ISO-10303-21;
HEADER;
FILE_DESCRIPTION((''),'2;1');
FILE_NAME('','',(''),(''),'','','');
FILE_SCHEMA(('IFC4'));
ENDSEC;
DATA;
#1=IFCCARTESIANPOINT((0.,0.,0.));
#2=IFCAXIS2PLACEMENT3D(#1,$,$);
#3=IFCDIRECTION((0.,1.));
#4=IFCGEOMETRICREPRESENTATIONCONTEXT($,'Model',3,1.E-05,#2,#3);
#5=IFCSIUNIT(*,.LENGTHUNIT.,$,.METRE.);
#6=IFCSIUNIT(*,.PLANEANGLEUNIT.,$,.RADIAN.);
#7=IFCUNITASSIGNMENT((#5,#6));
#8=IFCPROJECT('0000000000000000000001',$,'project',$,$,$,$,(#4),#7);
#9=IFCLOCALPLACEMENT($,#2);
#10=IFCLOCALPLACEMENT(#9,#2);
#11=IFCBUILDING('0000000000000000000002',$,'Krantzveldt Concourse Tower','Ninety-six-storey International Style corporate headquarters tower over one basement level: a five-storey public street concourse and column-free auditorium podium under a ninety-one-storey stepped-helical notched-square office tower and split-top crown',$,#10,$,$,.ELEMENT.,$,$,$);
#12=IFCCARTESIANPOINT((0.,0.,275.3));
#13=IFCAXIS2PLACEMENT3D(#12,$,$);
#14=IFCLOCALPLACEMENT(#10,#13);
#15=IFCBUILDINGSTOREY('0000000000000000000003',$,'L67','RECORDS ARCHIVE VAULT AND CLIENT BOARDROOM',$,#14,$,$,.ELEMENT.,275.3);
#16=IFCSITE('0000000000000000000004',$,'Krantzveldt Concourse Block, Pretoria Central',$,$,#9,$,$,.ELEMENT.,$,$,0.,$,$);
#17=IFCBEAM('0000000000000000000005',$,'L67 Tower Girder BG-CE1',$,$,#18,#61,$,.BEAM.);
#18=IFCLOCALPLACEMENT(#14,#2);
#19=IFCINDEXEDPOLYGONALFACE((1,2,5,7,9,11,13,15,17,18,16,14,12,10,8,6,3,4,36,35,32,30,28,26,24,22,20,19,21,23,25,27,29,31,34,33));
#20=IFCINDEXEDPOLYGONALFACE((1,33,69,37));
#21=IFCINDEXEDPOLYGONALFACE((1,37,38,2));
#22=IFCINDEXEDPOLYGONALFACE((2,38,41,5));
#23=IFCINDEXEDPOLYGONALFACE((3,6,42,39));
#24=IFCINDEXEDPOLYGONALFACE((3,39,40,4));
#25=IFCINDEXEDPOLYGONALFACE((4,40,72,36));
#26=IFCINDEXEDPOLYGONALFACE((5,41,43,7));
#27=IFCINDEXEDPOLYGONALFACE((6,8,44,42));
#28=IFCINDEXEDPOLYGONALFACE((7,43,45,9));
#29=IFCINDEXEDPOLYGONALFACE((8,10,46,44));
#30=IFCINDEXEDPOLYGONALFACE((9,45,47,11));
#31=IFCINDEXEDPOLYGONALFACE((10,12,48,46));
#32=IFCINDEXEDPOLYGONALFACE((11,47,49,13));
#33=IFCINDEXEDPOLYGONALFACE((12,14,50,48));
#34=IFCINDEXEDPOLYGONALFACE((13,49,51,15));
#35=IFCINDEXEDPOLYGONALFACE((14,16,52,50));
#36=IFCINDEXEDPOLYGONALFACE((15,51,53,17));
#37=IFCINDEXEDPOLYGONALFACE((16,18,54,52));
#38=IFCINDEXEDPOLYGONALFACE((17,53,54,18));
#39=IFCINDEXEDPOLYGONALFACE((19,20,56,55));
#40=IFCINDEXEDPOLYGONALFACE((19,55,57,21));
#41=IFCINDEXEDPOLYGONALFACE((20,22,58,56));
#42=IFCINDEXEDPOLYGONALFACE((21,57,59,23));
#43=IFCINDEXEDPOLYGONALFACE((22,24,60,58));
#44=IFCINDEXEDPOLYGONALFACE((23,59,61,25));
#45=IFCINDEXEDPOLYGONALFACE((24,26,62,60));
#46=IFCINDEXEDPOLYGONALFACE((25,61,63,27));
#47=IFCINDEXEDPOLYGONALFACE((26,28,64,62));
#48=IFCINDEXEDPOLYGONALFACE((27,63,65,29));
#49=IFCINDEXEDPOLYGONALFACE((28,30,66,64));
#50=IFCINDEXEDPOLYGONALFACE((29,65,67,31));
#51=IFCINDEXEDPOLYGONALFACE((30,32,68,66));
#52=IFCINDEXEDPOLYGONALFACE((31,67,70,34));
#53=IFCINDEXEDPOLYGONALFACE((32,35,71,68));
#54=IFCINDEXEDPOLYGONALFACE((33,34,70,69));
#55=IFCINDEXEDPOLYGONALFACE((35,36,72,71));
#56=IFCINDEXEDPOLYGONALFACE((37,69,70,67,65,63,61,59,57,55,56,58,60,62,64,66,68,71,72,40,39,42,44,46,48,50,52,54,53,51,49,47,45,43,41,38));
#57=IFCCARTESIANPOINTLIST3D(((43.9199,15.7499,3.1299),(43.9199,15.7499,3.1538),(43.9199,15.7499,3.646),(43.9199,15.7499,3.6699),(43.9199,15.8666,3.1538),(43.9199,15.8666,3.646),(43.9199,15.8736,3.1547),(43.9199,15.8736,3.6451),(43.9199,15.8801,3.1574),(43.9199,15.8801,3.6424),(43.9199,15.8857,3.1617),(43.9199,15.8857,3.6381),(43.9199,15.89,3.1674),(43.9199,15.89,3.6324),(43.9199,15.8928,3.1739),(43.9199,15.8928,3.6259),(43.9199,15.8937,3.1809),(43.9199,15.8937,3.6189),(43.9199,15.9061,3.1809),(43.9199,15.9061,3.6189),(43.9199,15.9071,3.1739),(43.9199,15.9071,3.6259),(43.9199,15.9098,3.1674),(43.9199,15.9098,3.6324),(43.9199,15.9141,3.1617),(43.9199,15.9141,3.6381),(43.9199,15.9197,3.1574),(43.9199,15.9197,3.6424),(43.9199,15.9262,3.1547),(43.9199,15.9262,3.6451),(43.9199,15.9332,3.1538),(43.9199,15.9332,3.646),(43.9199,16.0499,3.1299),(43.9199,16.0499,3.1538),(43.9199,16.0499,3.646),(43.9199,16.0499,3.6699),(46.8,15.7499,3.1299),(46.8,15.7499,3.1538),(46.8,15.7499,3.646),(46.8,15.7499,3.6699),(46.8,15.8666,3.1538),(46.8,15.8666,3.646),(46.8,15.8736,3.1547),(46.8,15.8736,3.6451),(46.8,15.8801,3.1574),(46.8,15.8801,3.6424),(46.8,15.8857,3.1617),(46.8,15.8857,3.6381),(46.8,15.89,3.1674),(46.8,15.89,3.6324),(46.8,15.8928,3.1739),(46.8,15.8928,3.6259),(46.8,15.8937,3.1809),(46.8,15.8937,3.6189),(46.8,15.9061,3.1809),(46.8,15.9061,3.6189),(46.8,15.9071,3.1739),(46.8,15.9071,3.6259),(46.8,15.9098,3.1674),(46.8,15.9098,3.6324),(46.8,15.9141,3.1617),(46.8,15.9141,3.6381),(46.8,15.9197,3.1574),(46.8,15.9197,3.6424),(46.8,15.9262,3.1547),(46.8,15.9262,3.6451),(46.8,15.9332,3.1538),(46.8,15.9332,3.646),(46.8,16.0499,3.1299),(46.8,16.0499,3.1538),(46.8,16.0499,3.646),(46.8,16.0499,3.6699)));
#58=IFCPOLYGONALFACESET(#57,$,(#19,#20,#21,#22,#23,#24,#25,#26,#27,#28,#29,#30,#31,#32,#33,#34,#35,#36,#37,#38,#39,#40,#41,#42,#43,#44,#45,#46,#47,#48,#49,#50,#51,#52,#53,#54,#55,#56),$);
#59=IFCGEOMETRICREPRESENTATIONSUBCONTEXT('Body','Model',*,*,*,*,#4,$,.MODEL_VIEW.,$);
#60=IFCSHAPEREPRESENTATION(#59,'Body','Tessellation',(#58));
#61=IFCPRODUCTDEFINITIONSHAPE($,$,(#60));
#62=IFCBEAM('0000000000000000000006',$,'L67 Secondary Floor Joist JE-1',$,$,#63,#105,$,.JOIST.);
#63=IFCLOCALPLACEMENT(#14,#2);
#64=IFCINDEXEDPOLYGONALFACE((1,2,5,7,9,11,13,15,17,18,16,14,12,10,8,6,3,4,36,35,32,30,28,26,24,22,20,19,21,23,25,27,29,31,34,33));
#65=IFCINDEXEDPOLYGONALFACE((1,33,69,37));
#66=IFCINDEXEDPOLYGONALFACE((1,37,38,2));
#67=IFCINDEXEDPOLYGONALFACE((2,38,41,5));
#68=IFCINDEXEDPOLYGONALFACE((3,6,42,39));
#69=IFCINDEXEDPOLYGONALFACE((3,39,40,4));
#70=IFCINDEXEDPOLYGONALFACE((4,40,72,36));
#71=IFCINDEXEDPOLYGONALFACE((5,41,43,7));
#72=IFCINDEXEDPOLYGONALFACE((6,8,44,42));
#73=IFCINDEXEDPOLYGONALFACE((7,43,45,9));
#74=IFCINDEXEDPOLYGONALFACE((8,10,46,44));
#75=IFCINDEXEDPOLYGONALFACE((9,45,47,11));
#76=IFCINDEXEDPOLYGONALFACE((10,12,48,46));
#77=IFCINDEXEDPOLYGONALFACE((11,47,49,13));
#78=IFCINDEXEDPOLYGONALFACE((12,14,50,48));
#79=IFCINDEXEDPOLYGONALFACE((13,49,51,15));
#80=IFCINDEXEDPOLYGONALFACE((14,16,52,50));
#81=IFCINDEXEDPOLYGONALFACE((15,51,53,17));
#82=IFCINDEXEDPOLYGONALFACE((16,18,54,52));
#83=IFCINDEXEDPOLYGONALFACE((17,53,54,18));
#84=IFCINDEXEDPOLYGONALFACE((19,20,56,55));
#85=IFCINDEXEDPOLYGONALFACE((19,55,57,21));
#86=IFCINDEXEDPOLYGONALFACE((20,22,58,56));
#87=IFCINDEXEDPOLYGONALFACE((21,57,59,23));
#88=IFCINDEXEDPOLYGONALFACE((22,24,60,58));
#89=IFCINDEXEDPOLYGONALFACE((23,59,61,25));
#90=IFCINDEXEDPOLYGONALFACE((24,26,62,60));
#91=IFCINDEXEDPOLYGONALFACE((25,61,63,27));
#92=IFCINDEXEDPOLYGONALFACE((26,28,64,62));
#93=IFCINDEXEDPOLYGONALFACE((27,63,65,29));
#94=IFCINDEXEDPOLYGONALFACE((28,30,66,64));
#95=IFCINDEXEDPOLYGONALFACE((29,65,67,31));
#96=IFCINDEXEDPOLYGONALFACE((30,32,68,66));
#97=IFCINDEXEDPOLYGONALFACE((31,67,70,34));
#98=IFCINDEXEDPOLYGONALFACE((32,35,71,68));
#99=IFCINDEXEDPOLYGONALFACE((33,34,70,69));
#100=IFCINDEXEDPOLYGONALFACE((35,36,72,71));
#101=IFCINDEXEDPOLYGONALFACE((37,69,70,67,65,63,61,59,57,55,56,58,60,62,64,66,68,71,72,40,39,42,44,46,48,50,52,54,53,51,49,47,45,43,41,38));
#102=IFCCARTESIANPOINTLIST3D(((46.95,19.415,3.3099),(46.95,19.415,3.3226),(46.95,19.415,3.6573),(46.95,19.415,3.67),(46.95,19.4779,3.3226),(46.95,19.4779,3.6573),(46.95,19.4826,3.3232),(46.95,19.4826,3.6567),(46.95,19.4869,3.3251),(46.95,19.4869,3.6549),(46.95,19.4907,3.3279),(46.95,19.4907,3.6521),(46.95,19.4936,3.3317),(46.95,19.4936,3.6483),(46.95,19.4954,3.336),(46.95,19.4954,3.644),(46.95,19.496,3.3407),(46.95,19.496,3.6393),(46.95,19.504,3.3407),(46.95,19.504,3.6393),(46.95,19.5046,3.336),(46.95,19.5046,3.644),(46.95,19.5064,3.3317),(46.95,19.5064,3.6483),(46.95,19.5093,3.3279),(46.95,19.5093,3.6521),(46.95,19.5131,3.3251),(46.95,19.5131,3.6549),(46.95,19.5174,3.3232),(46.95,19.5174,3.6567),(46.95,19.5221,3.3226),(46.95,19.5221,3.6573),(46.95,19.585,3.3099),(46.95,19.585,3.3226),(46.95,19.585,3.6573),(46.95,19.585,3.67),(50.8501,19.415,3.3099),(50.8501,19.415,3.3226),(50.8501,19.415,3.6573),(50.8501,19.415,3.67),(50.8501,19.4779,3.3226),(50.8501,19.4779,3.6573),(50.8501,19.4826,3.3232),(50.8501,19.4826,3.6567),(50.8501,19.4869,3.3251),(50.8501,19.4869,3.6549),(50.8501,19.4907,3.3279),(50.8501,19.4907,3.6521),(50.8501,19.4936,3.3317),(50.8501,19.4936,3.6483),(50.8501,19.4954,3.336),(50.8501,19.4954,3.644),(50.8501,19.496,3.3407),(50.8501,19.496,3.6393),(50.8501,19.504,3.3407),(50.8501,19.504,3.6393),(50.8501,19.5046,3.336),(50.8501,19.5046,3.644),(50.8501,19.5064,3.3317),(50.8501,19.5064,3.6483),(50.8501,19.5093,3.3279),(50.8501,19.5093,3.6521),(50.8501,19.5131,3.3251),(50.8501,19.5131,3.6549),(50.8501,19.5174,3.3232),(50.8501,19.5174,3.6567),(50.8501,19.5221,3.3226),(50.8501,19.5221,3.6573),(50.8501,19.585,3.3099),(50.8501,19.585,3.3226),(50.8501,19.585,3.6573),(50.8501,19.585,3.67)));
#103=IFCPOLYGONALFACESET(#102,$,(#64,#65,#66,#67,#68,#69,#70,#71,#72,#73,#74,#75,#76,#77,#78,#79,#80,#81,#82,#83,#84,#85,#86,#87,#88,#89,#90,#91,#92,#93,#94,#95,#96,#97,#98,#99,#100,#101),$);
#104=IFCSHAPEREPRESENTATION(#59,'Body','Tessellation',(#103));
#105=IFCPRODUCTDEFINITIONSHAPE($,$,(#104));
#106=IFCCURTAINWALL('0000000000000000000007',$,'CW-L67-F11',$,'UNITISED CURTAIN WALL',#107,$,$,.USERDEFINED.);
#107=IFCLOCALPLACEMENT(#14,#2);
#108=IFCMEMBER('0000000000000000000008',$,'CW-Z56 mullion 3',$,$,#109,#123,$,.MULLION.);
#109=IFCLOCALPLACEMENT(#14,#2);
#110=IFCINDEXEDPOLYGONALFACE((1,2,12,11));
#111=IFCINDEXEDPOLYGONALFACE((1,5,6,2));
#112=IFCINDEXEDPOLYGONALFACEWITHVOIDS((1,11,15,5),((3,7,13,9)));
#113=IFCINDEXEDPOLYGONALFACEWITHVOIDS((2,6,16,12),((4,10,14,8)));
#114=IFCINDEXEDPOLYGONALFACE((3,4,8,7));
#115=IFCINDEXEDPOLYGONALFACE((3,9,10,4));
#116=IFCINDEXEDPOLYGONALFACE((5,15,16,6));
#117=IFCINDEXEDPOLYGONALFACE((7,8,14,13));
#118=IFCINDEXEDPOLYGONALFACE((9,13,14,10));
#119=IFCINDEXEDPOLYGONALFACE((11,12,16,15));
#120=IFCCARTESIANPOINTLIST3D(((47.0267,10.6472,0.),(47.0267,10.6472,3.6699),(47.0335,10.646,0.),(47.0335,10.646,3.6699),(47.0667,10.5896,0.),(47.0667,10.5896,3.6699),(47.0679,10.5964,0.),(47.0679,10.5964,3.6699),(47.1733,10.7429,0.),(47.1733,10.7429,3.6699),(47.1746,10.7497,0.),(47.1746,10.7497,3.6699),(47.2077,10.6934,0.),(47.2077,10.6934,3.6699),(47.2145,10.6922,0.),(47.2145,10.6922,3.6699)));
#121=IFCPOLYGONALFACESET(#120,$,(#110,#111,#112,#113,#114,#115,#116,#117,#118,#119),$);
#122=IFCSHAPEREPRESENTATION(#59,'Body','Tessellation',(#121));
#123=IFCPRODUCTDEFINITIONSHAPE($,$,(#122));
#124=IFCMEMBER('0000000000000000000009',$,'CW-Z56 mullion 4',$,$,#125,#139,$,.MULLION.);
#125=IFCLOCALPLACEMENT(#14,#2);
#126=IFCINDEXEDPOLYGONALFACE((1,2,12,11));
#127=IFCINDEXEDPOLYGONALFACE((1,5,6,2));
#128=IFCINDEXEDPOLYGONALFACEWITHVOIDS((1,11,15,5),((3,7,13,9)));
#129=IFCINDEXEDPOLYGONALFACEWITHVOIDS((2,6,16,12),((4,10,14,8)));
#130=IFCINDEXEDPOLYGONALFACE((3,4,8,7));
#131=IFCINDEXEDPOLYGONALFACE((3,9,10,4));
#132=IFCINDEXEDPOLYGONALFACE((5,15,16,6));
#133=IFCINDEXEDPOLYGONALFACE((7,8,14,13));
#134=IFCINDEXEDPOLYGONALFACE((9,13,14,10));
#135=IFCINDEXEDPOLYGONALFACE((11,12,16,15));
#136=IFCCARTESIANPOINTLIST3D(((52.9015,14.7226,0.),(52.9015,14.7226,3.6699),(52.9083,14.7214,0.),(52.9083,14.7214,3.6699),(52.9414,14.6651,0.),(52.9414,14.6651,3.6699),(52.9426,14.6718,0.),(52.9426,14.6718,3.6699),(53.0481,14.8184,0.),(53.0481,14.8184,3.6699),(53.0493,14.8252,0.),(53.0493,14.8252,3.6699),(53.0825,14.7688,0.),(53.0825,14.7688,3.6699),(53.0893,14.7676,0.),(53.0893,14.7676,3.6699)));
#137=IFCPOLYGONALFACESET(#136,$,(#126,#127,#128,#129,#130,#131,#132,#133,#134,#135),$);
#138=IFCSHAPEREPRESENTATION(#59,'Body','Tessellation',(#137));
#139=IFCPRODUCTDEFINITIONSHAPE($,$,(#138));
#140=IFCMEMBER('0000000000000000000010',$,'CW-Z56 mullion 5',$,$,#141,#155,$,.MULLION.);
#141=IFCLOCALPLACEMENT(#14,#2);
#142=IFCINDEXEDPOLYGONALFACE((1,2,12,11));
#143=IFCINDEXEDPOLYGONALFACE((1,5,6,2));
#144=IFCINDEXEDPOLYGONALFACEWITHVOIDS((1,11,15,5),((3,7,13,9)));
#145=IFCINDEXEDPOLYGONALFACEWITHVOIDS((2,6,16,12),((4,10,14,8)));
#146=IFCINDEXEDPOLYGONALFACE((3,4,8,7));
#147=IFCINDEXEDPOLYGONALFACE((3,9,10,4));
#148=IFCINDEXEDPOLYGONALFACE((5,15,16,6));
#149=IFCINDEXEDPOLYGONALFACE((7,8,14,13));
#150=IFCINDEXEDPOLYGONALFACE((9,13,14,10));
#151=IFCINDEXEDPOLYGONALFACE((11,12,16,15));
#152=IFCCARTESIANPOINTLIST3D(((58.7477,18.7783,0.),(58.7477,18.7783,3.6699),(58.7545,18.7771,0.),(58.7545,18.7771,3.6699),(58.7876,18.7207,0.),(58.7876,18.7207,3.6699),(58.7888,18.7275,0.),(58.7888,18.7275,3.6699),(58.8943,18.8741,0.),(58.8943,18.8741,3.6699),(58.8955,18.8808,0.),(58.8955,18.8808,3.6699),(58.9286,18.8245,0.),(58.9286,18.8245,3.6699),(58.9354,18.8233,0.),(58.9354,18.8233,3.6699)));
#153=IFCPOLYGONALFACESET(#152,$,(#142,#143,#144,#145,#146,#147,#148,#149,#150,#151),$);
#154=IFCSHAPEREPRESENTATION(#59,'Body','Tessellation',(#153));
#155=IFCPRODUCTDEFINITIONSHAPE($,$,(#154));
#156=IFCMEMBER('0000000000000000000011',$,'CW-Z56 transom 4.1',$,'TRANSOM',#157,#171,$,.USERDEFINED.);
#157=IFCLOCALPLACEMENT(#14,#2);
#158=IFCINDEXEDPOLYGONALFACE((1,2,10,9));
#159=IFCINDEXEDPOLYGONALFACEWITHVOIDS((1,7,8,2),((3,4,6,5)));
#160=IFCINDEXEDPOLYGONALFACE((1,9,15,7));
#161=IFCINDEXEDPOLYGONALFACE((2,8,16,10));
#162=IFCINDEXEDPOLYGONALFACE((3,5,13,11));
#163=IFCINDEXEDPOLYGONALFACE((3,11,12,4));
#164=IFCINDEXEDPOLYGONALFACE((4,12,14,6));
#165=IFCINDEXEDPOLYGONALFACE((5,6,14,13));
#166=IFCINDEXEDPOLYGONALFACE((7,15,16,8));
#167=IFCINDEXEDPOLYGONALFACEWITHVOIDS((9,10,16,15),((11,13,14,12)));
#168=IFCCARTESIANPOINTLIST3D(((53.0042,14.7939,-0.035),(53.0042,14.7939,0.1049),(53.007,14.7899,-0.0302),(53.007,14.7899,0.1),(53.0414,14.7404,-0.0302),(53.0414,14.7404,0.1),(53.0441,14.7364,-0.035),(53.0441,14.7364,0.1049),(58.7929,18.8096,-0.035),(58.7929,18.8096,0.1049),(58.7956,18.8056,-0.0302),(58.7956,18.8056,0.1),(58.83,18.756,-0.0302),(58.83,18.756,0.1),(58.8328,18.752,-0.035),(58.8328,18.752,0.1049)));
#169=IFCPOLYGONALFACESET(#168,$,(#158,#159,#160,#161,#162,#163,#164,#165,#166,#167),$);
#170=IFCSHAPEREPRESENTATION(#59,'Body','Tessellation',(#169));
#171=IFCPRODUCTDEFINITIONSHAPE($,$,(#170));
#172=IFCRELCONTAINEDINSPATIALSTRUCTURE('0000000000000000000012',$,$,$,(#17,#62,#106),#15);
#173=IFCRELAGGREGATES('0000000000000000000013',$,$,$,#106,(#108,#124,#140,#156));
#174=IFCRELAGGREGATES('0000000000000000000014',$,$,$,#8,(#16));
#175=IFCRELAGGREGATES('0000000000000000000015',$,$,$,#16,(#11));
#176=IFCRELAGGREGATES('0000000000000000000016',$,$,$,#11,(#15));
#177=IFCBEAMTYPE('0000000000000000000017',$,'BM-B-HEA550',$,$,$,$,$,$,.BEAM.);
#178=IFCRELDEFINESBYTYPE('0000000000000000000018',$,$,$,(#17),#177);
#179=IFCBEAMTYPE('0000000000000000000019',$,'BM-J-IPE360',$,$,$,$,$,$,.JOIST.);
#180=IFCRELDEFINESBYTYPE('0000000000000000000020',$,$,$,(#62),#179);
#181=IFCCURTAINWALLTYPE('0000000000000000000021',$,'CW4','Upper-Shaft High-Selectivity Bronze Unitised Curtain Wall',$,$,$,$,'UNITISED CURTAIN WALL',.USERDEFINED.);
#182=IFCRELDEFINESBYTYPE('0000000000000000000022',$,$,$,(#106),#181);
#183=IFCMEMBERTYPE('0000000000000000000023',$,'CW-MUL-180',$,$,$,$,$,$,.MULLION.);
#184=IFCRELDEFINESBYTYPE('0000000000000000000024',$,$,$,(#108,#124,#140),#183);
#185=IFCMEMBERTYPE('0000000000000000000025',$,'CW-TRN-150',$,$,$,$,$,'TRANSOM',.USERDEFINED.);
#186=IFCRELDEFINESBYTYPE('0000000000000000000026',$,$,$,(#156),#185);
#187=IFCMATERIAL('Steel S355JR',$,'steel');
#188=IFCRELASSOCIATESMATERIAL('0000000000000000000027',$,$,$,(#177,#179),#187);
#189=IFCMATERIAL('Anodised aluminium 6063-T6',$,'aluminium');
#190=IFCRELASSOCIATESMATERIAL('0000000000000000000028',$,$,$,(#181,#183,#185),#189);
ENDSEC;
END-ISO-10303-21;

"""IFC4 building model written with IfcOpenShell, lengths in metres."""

from ifc_helpers import new_model, si_unit, direction, frame, origin, origin_2d, place, context, subcontext, project, spatial, hollow_rectangle, i_section, extrude, source, transform, mapped, material, material_profile, profile_set, type_object, type_shapes, element, aggregate, save


model = new_model("IFC4")

# Units and contexts
model_context = context("Model", 3, precision=1e-05, world=origin(), true_north=direction((0.0, 1.0)))
body_context = subcontext(model_context, "Body", "Model", "MODEL_VIEW")
ifc_project = project(units=[si_unit("LENGTHUNIT", "METRE"), si_unit("PLANEANGLEUNIT", "RADIAN")], contexts=[model_context])

# Site, building, storey
site_placement = place(None, origin())
site = spatial("IfcSite", under=ifc_project, at=site_placement, Name="Krantzveldt Concourse Block, Pretoria Central", CompositionType="ELEMENT", RefElevation=0.0)
building_placement = place(site_placement, origin())
building = spatial("IfcBuilding", under=site, at=building_placement, Name="Krantzveldt Concourse Tower", Description="Ninety-six-storey International Style corporate headquarters tower over one basement level: a five-storey public street concourse and column-free auditorium podium under a ninety-one-storey stepped-helical notched-square office tower and split-top crown", CompositionType="ELEMENT")
storey_placement = place(building_placement, frame((0.0, 0.0, 275.3)))
storey = spatial("IfcBuildingStorey", under=building, at=storey_placement, Name="L67", Description="RECORDS ARCHIVE VAULT AND CLIENT BOARDROOM", CompositionType="ELEMENT", Elevation=275.3)

# Beams
ifc_material_1 = material(Name="Steel S355JR", Category="steel")
ifc_material_profile_1 = material_profile(ifc_material_1, i_section(OverallWidth=0.3, OverallDepth=0.54, WebThickness=0.0125, FlangeThickness=0.0239, FilletRadius=0.0271, at=origin_2d()), Name="Steel S355JR", Category="steel")
ifc_profile_set_1 = profile_set([ifc_material_profile_1], Name="Steel S355JR - HEA 550")
beam_type_1 = type_object("IfcBeamType", Name="BM-B-HEA550", PredefinedType="BEAM", material=ifc_profile_set_1)
shared_shape_1 = source(origin(), body_context, "Body", "SweptSolid", [
    extrude(i_section(OverallWidth=0.3, OverallDepth=0.54, WebThickness=0.0125, FlangeThickness=0.0239, FilletRadius=0.0271, at=origin_2d()), origin(), (0.0, 0.0, 1.0), 2.8801),
])
beam_1_placement = place(storey_placement, frame((43.9199, 15.8999, 3.3999), z_axis=(1.0, 0.0, 0.0), x_axis=(0.0, 1.0, 0.0)))
element("IfcBeam", 1, at=beam_1_placement, inside=storey, type_object=beam_type_1, Name="L67 Tower Girder BG-CE1", PredefinedType="BEAM", context=body_context, shape_type="MappedRepresentation", body=[
    mapped(shared_shape_1, transform((0.0, 0.0, 0.0), x_axis=(1.0, 0.0, 0.0), y_axis=(0.0, 1.0, 0.0), z_axis=(0.0, 0.0, 1.0), scale=1.0)),
])
ifc_material_profile_2 = material_profile(ifc_material_1, i_section(OverallWidth=0.1699, OverallDepth=0.3601, WebThickness=0.0081, FlangeThickness=0.0127, FilletRadius=0.0181, at=origin_2d()), Name="Steel S355JR", Category="steel")
ifc_profile_set_2 = profile_set([ifc_material_profile_2], Name="Steel S355JR - IPE 360")
beam_type_2 = type_object("IfcBeamType", Name="BM-J-IPE360", PredefinedType="JOIST", material=ifc_profile_set_2)
shared_shape_2 = source(origin(), body_context, "Body", "SweptSolid", [
    extrude(i_section(OverallWidth=0.1699, OverallDepth=0.3601, WebThickness=0.0081, FlangeThickness=0.0127, FilletRadius=0.0181, at=origin_2d()), origin(), (0.0, 0.0, 1.0), 3.9001),
])
type_shapes(beam_type_2, [shared_shape_2])
beam_2_placement = place(storey_placement, frame((46.95, 19.5, 3.49), z_axis=(1.0, 0.0, 0.0), x_axis=(0.0, 1.0, 0.0)))
element("IfcBeam", 2, at=beam_2_placement, inside=storey, type_object=beam_type_2, Name="L67 Secondary Floor Joist JE-1", PredefinedType="JOIST", context=body_context, shape_type="MappedRepresentation", body=[
    mapped(shared_shape_2, transform((0.0, 0.0, 0.0), x_axis=(1.0, 0.0, 0.0), y_axis=(0.0, 1.0, 0.0), z_axis=(0.0, 0.0, 1.0), scale=1.0)),
])

# Curtain wall, members
ifc_material_2 = material(Name="Anodised aluminium 6063-T6", Category="aluminium")
curtain_wall_type = type_object("IfcCurtainWallType", Name="CW4", Description="Upper-Shaft High-Selectivity Bronze Unitised Curtain Wall", ElementType="UNITISED CURTAIN WALL", PredefinedType="USERDEFINED", material=ifc_material_2)
curtain_wall_placement = place(storey_placement, origin())
curtain_wall = element("IfcCurtainWall", 3, at=curtain_wall_placement, inside=storey, type_object=curtain_wall_type, Name="CW-L67-F11", ObjectType="UNITISED CURTAIN WALL", PredefinedType="USERDEFINED")
ifc_material_profile_3 = material_profile(ifc_material_2, hollow_rectangle(XDim=0.0701, YDim=0.1799, WallThickness=0.0049, at=origin_2d()), Name="Anodised aluminium 6063-T6", Category="aluminium")
ifc_profile_set_3 = profile_set([ifc_material_profile_3], Name="Anodised aluminium 6063-T6 - ALU-MULL 180x70x5")
member_type_1 = type_object("IfcMemberType", Name="CW-MUL-180", PredefinedType="MULLION", material=ifc_profile_set_3)
shared_shape_3 = source(origin(), body_context, "Body", "SweptSolid", [
    extrude(hollow_rectangle(XDim=0.0701, YDim=0.1799, WallThickness=0.0049, at=origin_2d()), origin(), (0.0, 0.0, 1.0), 3.6699),
])
type_shapes(member_type_1, [shared_shape_3])
member_1_placement = place(storey_placement, frame((47.1206, 10.6697, 0.0), z_axis=(0.0, 0.0, 1.0), x_axis=(-0.569997, 0.821647, 0.0)))
member_1 = element("IfcMember", 4, at=member_1_placement, type_object=member_type_1, Name="CW-Z56 mullion 3", PredefinedType="MULLION", context=body_context, shape_type="MappedRepresentation", body=[
    mapped(shared_shape_3, transform((0.0, 0.0, 0.0), x_axis=(1.0, 0.0, 0.0), y_axis=(0.0, 1.0, 0.0), z_axis=(0.0, 0.0, 1.0), scale=1.0)),
])
member_2_placement = place(storey_placement, frame((52.9954, 14.7451, 0.0), z_axis=(0.0, 0.0, 1.0), x_axis=(-0.569997, 0.821647, 0.0)))
member_2 = element("IfcMember", 5, at=member_2_placement, type_object=member_type_1, Name="CW-Z56 mullion 4", PredefinedType="MULLION", context=body_context, shape_type="MappedRepresentation", body=[
    mapped(shared_shape_3, transform((0.0, 0.0, 0.0), x_axis=(1.0, 0.0, 0.0), y_axis=(0.0, 1.0, 0.0), z_axis=(0.0, 0.0, 1.0), scale=1.0)),
])
member_3_placement = place(storey_placement, frame((58.8416, 18.8008, 0.0), z_axis=(0.0, 0.0, 1.0), x_axis=(-0.569997, 0.821647, 0.0)))
member_3 = element("IfcMember", 6, at=member_3_placement, type_object=member_type_1, Name="CW-Z56 mullion 5", PredefinedType="MULLION", context=body_context, shape_type="MappedRepresentation", body=[
    mapped(shared_shape_3, transform((0.0, 0.0, 0.0), x_axis=(1.0, 0.0, 0.0), y_axis=(0.0, 1.0, 0.0), z_axis=(0.0, 0.0, 1.0), scale=1.0)),
])
ifc_material_profile_4 = material_profile(ifc_material_2, hollow_rectangle(XDim=0.0701, YDim=0.1399, WallThickness=0.0049, at=origin_2d()), Name="Anodised aluminium 6063-T6", Category="aluminium")
ifc_profile_set_4 = profile_set([ifc_material_profile_4], Name="Anodised aluminium 6063-T6 - ALU-TRAN 140x70x5")
member_type_2 = type_object("IfcMemberType", Name="CW-TRN-150", ElementType="TRANSOM", PredefinedType="USERDEFINED", material=ifc_profile_set_4)
shared_shape_4 = source(origin(), body_context, "Body", "SweptSolid", [
    extrude(hollow_rectangle(XDim=0.0701, YDim=0.1399, WallThickness=0.0049, at=origin_2d()), origin(), (0.0, 0.0, 1.0), 7.0452),
])
member_4_placement = place(storey_placement, frame((53.0242, 14.7651, 0.0349), z_axis=(0.82165, 0.569992, 0.0), x_axis=(-0.569992, 0.82165, 0.0)))
member_4 = element("IfcMember", 7, at=member_4_placement, type_object=member_type_2, Name="CW-Z56 transom 4.1", ObjectType="TRANSOM", PredefinedType="USERDEFINED", context=body_context, shape_type="MappedRepresentation", body=[
    mapped(shared_shape_4, transform((0.0, 0.0, 0.0), x_axis=(1.0, 0.0, 0.0), y_axis=(0.0, 1.0, 0.0), z_axis=(0.0, 0.0, 1.0), scale=1.0)),
])
aggregate(curtain_wall, [member_1, member_2, member_3, member_4])

save(model, "model.ifc")
